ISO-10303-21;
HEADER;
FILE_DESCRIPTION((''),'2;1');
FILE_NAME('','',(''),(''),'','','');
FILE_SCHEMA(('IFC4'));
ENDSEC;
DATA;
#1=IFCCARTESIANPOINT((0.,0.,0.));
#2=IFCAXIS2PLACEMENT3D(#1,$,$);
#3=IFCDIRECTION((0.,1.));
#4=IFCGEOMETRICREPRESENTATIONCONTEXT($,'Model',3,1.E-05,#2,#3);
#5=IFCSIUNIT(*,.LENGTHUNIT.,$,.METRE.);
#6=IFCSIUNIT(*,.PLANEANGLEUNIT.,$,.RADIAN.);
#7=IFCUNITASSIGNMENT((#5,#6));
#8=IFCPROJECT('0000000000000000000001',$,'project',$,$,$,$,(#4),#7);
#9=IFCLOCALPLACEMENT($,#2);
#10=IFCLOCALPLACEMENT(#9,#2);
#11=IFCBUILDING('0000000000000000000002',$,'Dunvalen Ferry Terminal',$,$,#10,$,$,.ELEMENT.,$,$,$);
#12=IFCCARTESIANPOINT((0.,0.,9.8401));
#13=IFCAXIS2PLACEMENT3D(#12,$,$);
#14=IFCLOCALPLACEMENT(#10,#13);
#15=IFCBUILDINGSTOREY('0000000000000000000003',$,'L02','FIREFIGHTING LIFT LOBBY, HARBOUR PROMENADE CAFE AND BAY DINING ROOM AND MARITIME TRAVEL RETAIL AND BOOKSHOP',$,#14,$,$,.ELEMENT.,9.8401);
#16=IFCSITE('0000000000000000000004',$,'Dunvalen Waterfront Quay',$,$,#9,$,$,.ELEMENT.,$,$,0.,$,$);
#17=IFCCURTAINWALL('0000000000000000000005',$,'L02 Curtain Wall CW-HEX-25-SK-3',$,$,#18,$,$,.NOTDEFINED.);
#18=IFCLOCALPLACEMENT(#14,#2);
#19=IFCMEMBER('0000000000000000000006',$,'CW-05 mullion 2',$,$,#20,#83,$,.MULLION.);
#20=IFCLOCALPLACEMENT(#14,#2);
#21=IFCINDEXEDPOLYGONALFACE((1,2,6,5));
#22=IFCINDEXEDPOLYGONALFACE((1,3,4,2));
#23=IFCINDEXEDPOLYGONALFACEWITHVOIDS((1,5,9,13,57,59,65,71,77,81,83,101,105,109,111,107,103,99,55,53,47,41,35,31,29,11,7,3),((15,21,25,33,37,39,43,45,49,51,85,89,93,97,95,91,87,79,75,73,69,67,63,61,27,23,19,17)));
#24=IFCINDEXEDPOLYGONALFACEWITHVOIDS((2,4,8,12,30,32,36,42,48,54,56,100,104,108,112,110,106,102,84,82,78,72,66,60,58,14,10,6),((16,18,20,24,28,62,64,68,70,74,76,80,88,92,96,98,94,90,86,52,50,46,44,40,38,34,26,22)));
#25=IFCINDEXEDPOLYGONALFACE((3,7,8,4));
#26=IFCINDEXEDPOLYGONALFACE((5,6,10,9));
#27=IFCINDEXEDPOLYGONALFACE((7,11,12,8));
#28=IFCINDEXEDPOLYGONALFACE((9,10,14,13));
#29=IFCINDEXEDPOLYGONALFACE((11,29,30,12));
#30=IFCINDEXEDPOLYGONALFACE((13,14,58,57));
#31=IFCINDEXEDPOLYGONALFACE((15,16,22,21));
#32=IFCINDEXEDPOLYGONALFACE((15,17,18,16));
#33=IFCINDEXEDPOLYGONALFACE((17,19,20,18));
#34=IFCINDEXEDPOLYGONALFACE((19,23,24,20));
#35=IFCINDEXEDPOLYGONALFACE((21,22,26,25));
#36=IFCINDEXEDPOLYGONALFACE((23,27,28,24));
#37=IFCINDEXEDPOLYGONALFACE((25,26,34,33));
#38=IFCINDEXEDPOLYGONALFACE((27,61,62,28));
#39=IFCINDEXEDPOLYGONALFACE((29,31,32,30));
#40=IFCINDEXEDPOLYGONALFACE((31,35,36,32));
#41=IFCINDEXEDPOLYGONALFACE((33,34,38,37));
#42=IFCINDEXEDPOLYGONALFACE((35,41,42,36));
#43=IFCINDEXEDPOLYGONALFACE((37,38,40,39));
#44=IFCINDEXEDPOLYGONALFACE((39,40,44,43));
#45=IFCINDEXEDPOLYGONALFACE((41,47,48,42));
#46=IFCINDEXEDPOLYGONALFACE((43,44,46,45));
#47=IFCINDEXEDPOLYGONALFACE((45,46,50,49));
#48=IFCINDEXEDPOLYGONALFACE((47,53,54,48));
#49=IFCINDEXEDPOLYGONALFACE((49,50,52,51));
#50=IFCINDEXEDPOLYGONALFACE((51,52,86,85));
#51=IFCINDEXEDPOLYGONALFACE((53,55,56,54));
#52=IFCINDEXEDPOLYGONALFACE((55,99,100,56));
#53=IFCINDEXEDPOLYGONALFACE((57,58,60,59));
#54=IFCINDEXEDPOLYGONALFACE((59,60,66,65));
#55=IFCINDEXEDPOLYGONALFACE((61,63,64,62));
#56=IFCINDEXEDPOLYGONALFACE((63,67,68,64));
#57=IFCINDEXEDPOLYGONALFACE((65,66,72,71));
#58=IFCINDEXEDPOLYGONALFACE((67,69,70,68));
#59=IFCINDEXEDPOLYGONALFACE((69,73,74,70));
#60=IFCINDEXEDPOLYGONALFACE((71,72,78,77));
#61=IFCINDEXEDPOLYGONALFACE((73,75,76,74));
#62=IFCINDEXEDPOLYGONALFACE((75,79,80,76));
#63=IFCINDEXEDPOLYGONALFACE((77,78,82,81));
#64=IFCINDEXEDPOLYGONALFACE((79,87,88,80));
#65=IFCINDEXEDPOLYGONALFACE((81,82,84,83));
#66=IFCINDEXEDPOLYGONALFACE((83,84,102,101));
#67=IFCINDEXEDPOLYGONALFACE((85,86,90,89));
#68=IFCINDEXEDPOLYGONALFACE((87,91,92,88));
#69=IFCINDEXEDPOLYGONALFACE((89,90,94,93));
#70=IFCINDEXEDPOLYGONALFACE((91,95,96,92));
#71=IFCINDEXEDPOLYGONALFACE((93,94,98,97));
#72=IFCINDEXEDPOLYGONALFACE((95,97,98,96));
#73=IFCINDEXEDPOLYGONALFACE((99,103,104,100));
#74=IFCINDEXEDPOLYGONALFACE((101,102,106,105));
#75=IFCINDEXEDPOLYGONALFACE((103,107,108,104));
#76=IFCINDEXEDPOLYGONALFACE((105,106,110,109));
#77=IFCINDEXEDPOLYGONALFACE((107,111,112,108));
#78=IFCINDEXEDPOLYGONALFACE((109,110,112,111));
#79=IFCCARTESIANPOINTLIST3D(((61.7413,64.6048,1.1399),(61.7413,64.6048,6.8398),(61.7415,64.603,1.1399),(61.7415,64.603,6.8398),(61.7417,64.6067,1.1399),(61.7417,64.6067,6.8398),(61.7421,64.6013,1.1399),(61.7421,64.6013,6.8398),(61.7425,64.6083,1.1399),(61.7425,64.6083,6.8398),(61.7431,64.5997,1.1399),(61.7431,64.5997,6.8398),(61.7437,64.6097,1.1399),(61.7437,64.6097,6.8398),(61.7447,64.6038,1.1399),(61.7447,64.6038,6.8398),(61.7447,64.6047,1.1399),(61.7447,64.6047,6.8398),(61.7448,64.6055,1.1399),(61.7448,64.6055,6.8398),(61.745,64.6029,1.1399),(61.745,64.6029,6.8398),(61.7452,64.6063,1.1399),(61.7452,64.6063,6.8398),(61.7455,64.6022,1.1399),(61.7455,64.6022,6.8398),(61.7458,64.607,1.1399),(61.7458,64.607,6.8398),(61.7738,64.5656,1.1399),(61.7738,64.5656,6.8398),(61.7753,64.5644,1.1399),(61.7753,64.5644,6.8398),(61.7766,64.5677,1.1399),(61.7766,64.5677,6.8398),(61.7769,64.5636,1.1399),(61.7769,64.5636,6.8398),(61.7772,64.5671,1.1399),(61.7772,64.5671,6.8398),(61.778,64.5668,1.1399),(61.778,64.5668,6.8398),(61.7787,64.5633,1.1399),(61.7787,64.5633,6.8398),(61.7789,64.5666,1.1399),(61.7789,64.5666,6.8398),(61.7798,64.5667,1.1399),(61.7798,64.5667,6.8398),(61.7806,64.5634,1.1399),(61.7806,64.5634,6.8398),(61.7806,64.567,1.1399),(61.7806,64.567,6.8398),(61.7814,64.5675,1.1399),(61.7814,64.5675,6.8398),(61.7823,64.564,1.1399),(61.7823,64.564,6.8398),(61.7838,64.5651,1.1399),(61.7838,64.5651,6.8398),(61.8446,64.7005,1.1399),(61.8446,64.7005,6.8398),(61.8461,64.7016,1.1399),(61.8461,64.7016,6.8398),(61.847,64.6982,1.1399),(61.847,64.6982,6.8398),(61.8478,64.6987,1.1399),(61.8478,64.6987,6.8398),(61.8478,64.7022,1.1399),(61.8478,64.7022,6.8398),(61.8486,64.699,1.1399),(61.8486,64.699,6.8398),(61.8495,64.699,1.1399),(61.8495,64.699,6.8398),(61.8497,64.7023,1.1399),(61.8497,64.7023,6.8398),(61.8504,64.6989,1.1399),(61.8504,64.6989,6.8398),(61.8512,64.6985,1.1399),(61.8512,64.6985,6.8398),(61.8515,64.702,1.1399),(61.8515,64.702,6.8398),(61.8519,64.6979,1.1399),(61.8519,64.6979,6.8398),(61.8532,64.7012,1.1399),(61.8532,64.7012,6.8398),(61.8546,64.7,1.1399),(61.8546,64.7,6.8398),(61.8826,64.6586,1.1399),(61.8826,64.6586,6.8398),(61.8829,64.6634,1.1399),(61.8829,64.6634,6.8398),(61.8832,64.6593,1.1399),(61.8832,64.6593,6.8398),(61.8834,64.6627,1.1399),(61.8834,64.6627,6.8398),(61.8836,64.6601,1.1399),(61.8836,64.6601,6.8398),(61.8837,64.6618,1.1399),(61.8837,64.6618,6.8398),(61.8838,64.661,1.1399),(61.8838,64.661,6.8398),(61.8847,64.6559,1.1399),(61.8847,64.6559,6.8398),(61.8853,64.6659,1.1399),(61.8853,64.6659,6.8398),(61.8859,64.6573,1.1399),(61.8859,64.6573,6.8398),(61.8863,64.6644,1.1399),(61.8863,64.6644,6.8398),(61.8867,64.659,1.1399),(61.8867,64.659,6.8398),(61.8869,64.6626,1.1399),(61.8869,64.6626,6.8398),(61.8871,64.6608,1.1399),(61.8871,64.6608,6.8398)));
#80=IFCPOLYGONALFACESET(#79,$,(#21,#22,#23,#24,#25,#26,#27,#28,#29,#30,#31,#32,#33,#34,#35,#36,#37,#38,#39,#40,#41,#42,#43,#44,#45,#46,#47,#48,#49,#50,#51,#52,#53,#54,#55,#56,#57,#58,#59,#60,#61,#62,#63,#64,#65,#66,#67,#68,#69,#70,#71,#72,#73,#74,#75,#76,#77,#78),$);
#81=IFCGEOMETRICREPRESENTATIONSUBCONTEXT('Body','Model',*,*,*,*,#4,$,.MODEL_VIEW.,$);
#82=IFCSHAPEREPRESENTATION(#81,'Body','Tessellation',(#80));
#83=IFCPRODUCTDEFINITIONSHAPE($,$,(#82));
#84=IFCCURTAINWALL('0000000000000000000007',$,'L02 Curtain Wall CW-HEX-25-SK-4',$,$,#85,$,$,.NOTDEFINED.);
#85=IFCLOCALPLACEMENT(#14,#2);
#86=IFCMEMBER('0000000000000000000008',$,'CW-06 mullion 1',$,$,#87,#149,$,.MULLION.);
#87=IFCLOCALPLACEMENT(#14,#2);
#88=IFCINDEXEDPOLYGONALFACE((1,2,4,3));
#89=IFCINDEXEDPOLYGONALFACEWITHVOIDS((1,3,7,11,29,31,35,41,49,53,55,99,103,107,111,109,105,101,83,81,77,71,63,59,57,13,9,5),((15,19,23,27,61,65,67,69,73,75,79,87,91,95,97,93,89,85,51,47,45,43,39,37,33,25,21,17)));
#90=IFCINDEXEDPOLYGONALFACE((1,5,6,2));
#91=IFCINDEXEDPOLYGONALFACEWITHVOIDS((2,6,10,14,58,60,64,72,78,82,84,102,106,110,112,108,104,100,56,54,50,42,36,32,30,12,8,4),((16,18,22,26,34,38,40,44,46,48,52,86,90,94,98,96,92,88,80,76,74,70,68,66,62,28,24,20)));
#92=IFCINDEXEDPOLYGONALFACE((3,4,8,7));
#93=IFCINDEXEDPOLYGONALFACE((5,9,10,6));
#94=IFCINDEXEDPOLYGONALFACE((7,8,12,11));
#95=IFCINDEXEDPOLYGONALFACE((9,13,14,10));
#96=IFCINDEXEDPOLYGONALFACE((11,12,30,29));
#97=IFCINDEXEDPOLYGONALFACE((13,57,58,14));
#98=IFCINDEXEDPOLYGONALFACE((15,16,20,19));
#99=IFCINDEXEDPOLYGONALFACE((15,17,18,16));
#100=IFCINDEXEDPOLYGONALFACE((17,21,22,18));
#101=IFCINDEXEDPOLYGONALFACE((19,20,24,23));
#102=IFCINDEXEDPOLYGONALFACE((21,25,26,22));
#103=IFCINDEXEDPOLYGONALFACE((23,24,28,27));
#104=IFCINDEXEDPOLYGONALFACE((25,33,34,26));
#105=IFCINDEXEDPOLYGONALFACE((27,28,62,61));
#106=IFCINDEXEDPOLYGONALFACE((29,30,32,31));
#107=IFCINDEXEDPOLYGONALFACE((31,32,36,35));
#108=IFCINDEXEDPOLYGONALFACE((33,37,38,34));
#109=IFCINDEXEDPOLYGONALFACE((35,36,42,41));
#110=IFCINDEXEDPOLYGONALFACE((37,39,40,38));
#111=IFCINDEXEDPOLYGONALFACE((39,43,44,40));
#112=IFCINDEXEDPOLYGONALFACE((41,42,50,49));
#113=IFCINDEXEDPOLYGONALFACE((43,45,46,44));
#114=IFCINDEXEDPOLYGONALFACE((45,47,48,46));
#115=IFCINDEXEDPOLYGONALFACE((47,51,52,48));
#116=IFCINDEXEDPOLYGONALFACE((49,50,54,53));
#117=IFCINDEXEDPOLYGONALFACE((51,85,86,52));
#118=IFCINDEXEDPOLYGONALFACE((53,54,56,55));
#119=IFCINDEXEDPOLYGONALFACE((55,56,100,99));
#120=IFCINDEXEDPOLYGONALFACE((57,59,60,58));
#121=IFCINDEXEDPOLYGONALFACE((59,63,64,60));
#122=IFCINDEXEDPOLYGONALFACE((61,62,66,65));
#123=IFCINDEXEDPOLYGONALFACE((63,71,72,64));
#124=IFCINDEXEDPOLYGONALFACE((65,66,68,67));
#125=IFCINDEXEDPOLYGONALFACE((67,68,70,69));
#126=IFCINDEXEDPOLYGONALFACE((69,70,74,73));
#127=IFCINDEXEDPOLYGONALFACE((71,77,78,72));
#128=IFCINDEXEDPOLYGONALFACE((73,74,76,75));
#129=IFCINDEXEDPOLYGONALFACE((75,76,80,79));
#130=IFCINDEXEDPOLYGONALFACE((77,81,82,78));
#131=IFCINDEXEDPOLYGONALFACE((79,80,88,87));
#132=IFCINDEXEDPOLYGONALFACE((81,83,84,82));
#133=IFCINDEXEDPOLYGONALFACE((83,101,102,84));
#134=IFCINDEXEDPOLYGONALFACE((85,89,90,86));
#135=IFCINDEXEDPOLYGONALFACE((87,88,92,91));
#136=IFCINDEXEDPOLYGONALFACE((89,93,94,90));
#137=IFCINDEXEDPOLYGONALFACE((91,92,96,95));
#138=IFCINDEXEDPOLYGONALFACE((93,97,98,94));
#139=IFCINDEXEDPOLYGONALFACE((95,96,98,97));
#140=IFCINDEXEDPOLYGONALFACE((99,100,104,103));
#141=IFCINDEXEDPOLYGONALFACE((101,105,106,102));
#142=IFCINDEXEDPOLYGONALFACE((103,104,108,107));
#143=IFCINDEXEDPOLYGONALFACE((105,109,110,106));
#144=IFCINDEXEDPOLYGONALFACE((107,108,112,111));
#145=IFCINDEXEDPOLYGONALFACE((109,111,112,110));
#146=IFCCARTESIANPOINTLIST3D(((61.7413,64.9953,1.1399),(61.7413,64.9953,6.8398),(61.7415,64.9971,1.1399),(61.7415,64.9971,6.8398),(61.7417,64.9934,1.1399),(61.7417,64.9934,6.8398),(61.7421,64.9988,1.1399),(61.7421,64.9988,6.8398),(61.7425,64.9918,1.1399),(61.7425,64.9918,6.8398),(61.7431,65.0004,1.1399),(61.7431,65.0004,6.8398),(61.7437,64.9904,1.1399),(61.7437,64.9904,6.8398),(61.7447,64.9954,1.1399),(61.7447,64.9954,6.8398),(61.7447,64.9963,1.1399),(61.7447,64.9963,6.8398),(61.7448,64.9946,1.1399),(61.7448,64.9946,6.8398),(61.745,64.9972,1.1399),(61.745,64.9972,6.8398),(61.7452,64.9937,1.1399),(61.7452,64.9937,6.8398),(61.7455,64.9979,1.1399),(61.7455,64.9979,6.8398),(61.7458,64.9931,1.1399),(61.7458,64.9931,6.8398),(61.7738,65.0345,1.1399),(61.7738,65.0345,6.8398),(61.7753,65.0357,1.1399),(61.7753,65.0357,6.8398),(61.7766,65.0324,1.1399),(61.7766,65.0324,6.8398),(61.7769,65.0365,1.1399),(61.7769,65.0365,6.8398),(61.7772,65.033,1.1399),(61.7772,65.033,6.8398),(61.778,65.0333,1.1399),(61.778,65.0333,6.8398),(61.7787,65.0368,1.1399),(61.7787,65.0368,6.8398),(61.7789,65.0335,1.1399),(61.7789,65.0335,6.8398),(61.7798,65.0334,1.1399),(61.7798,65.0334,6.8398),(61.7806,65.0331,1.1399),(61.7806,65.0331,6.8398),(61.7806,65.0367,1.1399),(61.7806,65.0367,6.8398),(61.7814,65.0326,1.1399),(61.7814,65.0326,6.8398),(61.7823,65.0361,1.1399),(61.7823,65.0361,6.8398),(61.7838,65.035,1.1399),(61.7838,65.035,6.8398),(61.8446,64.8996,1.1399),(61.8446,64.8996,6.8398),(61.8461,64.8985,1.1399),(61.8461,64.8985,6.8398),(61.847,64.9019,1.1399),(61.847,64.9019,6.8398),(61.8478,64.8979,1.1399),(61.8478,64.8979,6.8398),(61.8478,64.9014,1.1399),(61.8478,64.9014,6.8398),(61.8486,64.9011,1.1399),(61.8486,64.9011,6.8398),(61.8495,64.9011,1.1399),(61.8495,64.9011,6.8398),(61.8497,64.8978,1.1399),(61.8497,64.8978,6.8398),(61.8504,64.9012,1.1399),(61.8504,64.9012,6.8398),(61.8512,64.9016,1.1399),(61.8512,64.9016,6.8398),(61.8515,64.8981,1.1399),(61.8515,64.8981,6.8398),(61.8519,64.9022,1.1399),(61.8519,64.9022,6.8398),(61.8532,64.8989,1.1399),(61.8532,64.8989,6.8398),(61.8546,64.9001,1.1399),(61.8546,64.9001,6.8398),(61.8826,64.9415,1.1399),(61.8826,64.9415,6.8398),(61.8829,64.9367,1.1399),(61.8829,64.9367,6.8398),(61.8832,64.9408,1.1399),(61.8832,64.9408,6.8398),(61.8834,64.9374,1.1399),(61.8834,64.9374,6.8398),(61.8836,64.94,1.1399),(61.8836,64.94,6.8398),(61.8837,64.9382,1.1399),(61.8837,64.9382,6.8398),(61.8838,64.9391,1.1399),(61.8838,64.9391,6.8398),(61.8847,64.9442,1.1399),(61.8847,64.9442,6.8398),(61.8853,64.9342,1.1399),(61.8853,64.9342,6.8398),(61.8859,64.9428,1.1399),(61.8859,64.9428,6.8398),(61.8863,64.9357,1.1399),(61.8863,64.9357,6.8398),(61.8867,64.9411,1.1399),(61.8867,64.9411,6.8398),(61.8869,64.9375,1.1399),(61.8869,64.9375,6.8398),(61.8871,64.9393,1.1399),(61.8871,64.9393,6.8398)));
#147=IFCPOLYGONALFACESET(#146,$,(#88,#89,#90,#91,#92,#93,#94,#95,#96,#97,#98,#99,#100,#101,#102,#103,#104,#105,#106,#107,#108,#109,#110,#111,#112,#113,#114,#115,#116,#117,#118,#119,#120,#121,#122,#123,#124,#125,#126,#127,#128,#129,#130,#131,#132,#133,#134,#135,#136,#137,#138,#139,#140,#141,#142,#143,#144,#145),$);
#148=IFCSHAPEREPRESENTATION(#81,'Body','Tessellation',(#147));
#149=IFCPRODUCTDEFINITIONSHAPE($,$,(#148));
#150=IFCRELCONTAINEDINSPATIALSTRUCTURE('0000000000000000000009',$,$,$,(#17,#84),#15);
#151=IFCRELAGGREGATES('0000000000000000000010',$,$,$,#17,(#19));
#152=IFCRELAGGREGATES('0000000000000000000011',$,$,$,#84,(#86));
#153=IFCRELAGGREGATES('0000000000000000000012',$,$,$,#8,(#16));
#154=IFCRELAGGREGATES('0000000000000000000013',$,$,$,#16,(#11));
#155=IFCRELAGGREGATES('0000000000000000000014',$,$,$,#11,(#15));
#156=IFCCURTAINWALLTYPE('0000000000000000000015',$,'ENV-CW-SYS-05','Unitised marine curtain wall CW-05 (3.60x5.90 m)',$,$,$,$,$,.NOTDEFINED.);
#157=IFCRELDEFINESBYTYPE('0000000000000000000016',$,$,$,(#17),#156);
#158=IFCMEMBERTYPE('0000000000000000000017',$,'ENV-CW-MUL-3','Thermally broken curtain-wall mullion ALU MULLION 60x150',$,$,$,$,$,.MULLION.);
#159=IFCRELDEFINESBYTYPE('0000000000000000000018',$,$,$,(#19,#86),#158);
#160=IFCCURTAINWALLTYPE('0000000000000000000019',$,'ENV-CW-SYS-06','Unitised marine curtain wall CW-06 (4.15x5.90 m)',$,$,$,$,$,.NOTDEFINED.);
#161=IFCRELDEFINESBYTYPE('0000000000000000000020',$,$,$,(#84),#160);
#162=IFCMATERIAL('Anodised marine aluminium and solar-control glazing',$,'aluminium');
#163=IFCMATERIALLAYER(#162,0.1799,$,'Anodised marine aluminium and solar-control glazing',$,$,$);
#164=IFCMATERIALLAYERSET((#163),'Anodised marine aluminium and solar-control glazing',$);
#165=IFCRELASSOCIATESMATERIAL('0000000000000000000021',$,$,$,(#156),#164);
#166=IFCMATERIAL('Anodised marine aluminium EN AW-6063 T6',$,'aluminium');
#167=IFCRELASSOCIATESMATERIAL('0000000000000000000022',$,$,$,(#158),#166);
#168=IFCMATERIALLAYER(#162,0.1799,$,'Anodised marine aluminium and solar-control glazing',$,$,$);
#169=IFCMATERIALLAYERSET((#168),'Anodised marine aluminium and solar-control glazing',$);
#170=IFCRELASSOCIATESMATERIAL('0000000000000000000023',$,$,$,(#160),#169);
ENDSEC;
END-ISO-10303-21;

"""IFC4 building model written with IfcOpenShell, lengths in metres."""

from ifc_helpers import new_model, si_unit, direction, frame, origin, origin_2d, place, context, subcontext, project, spatial, hollow_rectangle, extrude, material, layer, layer_set, material_profile, profile_set, type_object, element, aggregate, save


model = new_model("IFC4")

# Units and contexts
model_context = context("Model", 3, precision=1e-05, world=origin(), true_north=direction((0.0, 1.0)))
body_context = subcontext(model_context, "Body", "Model", "MODEL_VIEW")
ifc_project = project(units=[si_unit("LENGTHUNIT", "METRE"), si_unit("PLANEANGLEUNIT", "RADIAN")], contexts=[model_context])

# Site, building, storey
site_placement = place(None, origin())
site = spatial("IfcSite", under=ifc_project, at=site_placement, Name="Dunvalen Waterfront Quay", CompositionType="ELEMENT", RefElevation=0.0)
building_placement = place(site_placement, origin())
building = spatial("IfcBuilding", under=site, at=building_placement, Name="Dunvalen Ferry Terminal", CompositionType="ELEMENT")
storey_placement = place(building_placement, frame((0.0, 0.0, 9.8401)))
storey = spatial("IfcBuildingStorey", under=building, at=storey_placement, Name="L02", Description="FIREFIGHTING LIFT LOBBY, HARBOUR PROMENADE CAFE AND BAY DINING ROOM AND MARITIME TRAVEL RETAIL AND BOOKSHOP", CompositionType="ELEMENT", Elevation=9.8401)

# Curtain walls, members
ifc_material_1 = material(Name="Anodised marine aluminium and solar-control glazing", Category="aluminium")
ifc_layer_1 = layer(ifc_material_1, 0.1799, Name="Anodised marine aluminium and solar-control glazing")
ifc_layer_set_1 = layer_set([ifc_layer_1], Name="Anodised marine aluminium and solar-control glazing")
curtain_wall_type_1 = type_object("IfcCurtainWallType", Name="ENV-CW-SYS-05", Description="Unitised marine curtain wall CW-05 (3.60x5.90 m)", PredefinedType="NOTDEFINED", material=ifc_layer_set_1)
curtain_wall_1_placement = place(storey_placement, origin())
curtain_wall_1 = element("IfcCurtainWall", 1, at=curtain_wall_1_placement, inside=storey, type_object=curtain_wall_type_1, Name="L02 Curtain Wall CW-HEX-25-SK-3", PredefinedType="NOTDEFINED")
ifc_material_2 = material(Name="Anodised marine aluminium EN AW-6063 T6", Category="aluminium")
ifc_material_profile_1 = material_profile(ifc_material_2, hollow_rectangle(XDim=0.0601, YDim=0.1499, WallThickness=0.0034, InnerFilletRadius=0.0034, OuterFilletRadius=0.0071, at=origin_2d()), Name="Anodised marine aluminium EN AW-6063 T6")
ifc_profile_set_1 = profile_set([ifc_material_profile_1], Name="Anodised marine aluminium EN AW-6063 T6")
member_type_1 = type_object("IfcMemberType", Name="ENV-CW-MUL-3", Description="Thermally broken curtain-wall mullion ALU MULLION 60x150", PredefinedType="MULLION", material=ifc_profile_set_1)
member_1_placement = place(storey_placement, frame((61.8142, 64.6328, 1.1399), z_axis=(0.0, 0.0, 1.0), x_axis=(-0.668954, 0.743304, 0.0)))
member_1 = element("IfcMember", 2, at=member_1_placement, type_object=member_type_1, Name="CW-05 mullion 2", PredefinedType="MULLION", context=body_context, shape_type="SweptSolid", body=[
    extrude(hollow_rectangle(XDim=0.0601, YDim=0.1499, WallThickness=0.0034, InnerFilletRadius=0.0034, OuterFilletRadius=0.0071, at=origin_2d()), origin(), (0.0, 0.0, 1.0), 5.7),
])
aggregate(curtain_wall_1, [member_1])
ifc_layer_2 = layer(ifc_material_1, 0.1799, Name="Anodised marine aluminium and solar-control glazing")
ifc_layer_set_2 = layer_set([ifc_layer_2], Name="Anodised marine aluminium and solar-control glazing")
curtain_wall_type_2 = type_object("IfcCurtainWallType", Name="ENV-CW-SYS-06", Description="Unitised marine curtain wall CW-06 (4.15x5.90 m)", PredefinedType="NOTDEFINED", material=ifc_layer_set_2)
curtain_wall_2_placement = place(storey_placement, origin())
curtain_wall_2 = element("IfcCurtainWall", 3, at=curtain_wall_2_placement, inside=storey, type_object=curtain_wall_type_2, Name="L02 Curtain Wall CW-HEX-25-SK-4", PredefinedType="NOTDEFINED")
member_2_placement = place(storey_placement, frame((61.8142, 64.9673, 1.1399), z_axis=(0.0, 0.0, 1.0), x_axis=(-0.668954, -0.743304, 0.0)))
member_2 = element("IfcMember", 4, at=member_2_placement, type_object=member_type_1, Name="CW-06 mullion 1", PredefinedType="MULLION", context=body_context, shape_type="SweptSolid", body=[
    extrude(hollow_rectangle(XDim=0.0601, YDim=0.1499, WallThickness=0.0034, InnerFilletRadius=0.0034, OuterFilletRadius=0.0071, at=origin_2d()), origin(), (0.0, 0.0, 1.0), 5.7),
])

aggregate(curtain_wall_2, [member_2])

save(model, "model.ifc")
